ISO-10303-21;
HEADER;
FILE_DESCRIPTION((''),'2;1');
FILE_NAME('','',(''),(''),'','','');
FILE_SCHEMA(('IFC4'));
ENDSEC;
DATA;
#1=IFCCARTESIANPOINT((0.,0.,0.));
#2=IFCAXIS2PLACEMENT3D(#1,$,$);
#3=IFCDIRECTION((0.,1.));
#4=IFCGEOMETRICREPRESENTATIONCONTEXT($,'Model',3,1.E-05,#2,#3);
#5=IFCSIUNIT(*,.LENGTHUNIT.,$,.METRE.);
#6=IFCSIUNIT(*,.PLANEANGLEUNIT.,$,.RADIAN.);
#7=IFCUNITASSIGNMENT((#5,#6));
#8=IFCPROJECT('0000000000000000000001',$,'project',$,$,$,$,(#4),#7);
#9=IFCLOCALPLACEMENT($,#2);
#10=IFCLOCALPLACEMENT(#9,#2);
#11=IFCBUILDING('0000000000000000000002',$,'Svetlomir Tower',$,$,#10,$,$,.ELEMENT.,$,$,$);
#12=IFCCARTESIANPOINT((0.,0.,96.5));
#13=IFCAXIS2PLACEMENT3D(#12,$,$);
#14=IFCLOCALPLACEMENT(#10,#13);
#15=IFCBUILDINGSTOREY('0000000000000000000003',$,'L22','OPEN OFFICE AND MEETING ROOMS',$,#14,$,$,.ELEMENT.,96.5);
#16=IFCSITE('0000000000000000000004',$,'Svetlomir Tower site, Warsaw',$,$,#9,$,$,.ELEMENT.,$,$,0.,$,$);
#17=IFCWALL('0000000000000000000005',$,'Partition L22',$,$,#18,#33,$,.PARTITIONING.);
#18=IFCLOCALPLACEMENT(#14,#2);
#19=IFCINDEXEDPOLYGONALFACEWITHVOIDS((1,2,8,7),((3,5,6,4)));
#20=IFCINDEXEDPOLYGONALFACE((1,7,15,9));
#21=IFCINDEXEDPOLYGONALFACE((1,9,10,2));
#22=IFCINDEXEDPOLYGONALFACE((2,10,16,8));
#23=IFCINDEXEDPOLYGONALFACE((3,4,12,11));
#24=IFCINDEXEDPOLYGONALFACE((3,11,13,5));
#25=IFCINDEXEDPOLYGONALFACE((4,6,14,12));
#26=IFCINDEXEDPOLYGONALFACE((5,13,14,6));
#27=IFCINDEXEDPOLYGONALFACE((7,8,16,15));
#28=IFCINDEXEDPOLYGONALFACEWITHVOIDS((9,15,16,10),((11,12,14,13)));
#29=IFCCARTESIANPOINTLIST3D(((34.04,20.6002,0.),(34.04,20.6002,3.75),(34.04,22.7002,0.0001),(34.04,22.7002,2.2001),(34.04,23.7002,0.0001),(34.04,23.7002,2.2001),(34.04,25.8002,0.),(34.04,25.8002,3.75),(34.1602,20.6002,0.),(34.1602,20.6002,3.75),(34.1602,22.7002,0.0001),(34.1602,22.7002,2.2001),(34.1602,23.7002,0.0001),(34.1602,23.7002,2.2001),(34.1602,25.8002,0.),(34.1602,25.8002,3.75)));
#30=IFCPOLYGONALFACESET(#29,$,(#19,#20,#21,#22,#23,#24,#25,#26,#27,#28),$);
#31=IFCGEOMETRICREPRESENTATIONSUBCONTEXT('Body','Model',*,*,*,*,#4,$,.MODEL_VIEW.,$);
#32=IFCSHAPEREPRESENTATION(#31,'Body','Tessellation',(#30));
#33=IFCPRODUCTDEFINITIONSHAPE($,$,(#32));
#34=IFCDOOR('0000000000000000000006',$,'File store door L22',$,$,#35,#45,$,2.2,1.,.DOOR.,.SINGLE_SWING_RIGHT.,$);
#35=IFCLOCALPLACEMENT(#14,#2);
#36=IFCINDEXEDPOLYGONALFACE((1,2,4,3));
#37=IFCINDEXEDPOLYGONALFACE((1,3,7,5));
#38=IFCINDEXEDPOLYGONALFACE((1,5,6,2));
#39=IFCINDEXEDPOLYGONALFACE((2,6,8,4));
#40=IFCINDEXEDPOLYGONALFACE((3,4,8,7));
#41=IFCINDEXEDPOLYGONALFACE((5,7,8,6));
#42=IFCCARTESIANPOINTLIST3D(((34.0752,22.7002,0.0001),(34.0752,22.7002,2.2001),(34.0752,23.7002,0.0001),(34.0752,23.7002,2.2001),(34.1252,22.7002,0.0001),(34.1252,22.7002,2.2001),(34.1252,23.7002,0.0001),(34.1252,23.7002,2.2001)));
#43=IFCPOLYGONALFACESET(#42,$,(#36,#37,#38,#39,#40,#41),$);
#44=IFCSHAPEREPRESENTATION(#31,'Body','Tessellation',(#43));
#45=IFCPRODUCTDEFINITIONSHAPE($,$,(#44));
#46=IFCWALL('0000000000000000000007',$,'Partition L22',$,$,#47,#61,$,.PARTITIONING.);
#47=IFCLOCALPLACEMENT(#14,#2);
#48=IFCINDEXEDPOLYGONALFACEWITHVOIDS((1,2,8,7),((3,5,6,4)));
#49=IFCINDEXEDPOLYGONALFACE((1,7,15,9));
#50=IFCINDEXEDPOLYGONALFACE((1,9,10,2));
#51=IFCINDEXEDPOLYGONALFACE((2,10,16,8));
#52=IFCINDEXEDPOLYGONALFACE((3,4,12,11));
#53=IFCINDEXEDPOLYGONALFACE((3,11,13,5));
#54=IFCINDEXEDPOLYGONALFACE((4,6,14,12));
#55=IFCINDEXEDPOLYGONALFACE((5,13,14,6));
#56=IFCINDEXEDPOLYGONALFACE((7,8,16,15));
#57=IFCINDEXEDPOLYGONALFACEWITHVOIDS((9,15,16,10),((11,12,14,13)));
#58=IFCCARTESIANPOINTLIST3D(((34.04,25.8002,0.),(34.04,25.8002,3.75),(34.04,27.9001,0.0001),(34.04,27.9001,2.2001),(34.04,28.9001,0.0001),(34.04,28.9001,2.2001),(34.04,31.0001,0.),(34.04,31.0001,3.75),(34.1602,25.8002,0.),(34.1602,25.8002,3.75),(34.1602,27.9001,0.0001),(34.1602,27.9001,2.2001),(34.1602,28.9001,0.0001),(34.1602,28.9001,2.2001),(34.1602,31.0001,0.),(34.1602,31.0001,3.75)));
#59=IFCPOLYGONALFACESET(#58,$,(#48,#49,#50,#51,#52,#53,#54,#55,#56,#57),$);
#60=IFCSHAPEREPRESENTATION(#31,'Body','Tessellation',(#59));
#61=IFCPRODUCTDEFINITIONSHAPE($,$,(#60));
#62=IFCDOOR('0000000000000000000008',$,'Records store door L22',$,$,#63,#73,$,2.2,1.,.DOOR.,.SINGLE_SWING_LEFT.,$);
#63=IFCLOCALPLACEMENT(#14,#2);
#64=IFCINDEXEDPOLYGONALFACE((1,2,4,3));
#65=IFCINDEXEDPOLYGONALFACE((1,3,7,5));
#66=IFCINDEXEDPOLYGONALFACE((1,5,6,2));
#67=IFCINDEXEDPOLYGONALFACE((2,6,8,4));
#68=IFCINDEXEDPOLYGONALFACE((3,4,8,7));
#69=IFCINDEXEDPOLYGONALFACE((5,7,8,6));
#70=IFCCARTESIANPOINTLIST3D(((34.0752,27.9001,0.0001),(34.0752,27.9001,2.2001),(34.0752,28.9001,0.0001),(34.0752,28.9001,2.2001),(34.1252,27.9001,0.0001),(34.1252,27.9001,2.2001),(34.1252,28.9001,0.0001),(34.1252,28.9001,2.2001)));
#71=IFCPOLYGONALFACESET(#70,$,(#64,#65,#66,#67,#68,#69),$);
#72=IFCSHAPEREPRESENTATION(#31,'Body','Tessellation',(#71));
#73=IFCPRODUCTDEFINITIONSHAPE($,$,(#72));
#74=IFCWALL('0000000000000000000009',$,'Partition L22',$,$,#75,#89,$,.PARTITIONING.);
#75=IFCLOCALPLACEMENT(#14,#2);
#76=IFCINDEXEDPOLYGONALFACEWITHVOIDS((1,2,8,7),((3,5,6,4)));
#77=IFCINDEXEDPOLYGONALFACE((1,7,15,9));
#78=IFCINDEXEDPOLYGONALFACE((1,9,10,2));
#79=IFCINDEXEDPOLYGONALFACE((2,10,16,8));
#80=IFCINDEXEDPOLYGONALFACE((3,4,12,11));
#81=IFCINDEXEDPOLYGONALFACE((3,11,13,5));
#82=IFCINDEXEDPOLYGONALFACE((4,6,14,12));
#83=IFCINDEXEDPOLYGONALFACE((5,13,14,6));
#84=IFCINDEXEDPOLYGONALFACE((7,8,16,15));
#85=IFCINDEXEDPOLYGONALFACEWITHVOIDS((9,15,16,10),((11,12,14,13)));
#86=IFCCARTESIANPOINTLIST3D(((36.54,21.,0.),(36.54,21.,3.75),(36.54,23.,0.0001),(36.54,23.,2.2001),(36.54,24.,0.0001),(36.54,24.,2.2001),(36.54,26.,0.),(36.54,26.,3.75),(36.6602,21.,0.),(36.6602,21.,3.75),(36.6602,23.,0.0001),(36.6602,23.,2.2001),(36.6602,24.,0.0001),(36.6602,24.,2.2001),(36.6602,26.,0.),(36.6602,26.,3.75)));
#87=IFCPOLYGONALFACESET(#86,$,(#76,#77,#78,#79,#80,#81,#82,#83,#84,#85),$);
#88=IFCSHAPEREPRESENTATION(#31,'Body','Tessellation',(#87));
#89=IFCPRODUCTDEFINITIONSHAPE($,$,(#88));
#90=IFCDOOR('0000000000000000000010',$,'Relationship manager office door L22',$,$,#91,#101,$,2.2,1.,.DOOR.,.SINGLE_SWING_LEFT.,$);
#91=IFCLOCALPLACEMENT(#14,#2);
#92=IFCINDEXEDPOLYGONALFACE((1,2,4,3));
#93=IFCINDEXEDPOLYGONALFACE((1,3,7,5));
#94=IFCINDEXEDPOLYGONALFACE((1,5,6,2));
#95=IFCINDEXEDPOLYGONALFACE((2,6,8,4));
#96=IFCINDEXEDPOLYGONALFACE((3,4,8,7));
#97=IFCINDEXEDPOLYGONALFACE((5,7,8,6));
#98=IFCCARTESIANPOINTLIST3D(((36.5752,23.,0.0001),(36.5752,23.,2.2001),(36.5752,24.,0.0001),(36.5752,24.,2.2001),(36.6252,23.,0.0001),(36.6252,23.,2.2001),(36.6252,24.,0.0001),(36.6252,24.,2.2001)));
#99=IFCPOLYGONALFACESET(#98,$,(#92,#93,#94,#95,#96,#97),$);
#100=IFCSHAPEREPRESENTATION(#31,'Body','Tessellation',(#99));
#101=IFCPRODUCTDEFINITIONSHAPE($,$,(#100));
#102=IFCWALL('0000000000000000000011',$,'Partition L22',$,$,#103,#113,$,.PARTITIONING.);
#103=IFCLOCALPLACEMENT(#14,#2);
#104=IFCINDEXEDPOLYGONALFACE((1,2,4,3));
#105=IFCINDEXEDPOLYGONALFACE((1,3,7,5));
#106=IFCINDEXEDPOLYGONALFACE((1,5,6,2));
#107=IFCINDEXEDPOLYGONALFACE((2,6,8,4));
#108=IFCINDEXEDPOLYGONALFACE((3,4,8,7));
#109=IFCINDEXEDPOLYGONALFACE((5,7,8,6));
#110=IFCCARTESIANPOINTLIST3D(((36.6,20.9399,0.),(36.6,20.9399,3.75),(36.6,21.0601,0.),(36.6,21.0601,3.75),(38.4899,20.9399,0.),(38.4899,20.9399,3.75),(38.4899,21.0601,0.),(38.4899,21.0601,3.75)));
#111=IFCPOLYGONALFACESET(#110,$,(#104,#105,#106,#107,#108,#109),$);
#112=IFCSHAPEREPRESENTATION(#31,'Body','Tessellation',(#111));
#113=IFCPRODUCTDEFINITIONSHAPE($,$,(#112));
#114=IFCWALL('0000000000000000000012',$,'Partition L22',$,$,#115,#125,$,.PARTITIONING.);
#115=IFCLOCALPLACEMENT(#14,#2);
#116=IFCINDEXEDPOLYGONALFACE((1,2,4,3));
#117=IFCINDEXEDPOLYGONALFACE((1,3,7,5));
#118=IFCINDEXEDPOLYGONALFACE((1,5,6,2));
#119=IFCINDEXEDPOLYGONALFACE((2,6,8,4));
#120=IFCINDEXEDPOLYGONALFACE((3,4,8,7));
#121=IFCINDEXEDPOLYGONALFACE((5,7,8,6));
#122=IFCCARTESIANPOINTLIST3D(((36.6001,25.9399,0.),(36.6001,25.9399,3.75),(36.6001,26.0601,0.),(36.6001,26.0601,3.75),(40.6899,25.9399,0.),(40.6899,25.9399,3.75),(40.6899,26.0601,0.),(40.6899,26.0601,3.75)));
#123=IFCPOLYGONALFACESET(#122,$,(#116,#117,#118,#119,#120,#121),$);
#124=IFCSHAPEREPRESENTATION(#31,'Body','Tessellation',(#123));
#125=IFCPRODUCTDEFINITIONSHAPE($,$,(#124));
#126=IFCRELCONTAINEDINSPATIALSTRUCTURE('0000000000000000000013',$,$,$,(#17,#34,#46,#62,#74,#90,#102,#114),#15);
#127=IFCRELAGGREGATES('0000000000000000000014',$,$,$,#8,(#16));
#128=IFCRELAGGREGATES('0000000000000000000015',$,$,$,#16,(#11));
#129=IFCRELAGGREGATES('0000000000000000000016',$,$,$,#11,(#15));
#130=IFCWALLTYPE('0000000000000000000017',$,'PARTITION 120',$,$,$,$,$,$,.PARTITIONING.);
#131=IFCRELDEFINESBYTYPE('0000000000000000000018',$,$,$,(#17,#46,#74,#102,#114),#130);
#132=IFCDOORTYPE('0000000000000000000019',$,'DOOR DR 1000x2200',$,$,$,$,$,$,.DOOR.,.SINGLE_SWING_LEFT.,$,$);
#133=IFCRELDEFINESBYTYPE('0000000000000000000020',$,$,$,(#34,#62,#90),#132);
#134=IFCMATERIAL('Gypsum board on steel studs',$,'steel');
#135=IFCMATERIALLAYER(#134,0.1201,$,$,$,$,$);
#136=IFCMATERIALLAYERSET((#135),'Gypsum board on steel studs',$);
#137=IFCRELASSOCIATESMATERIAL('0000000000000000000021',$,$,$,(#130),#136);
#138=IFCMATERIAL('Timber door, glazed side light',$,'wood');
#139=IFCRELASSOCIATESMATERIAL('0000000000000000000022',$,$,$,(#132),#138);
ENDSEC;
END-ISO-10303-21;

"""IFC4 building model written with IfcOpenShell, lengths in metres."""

from ifc_helpers import new_model, si_unit, direction, frame, frame_2d, origin, place, context, subcontext, project, spatial, rectangle, extrude, material, layer, layer_set, type_object, element, fill, save


model = new_model("IFC4")

# Units and contexts
model_context = context("Model", 3, precision=1e-05, world=origin(), true_north=direction((0.0, 1.0)))
body_context = subcontext(model_context, "Body", "Model", "MODEL_VIEW")
ifc_project = project(units=[si_unit("LENGTHUNIT", "METRE"), si_unit("PLANEANGLEUNIT", "RADIAN")], contexts=[model_context])

# Site, building, storey
site_placement = place(None, origin())
site = spatial("IfcSite", under=ifc_project, at=site_placement, Name="Svetlomir Tower site, Warsaw", CompositionType="ELEMENT", RefElevation=0.0)
building_placement = place(site_placement, origin())
building = spatial("IfcBuilding", under=site, at=building_placement, Name="Svetlomir Tower", CompositionType="ELEMENT")
storey_placement = place(building_placement, frame((0.0, 0.0, 96.5)))
storey = spatial("IfcBuildingStorey", under=building, at=storey_placement, Name="L22", Description="OPEN OFFICE AND MEETING ROOMS", CompositionType="ELEMENT", Elevation=96.5)

# Shared definitions
ifc_material_1 = material(Name="Gypsum board on steel studs", Category="steel")
ifc_layer_1 = layer(ifc_material_1, 0.1201)
ifc_layer_set_1 = layer_set([ifc_layer_1], Name="Gypsum board on steel studs")
wall_type = type_object("IfcWallType", Name="PARTITION 120", PredefinedType="PARTITIONING", material=ifc_layer_set_1)

# Walls, openings, doors
wall_1_placement = place(storey_placement, frame((34.1001, 20.6001, 0.0), z_axis=(0.0, 0.0, 1.0), x_axis=(0.0, 1.0, 0.0)))
wall_1 = element("IfcWall", 1, at=wall_1_placement, inside=storey, type_object=wall_type, Name="Partition L22", PredefinedType="PARTITIONING", context=body_context, shape_type="SweptSolid", body=[
    extrude(rectangle(XDim=5.2, YDim=0.1201, at=frame_2d((2.6001, 0.0))), origin(), (0.0, 0.0, 1.0), 3.75),
])
opening_1_placement = place(wall_1_placement, frame((2.1001, 0.0, 0.0)))
opening_1 = element("IfcOpeningElement", 2, at=opening_1_placement, cuts=wall_1, PredefinedType="OPENING", context=body_context, shape_type="SweptSolid", body=[
    extrude(rectangle(XDim=1.0, YDim=2.2, at=frame_2d((0.5, 1.1001))), frame((0.0, 0.0701, 0.0), z_axis=(0.0, -1.0, 0.0), x_axis=(1.0, 0.0, 0.0)), (0.0, 0.0, 1.0), 0.1401),
])
ifc_material_2 = material(Name="Timber door, glazed side light", Category="wood")
door_type = type_object("IfcDoorType", Name="DOOR DR 1000x2200", OperationType="SINGLE_SWING_LEFT", PredefinedType="DOOR", material=ifc_material_2)
door_1_placement = place(opening_1_placement, origin())
door_1 = element("IfcDoor", 3, at=door_1_placement, inside=storey, type_object=door_type, Name="File store door L22", OperationType="SINGLE_SWING_RIGHT", OverallHeight=2.2, OverallWidth=1.0, PredefinedType="DOOR", context=body_context, shape_type="SweptSolid", body=[
    extrude(rectangle(XDim=1.0, YDim=2.2, at=frame_2d((0.5, 1.1001))), frame((0.0, 0.0249, 0.0), z_axis=(0.0, -1.0, 0.0), x_axis=(1.0, 0.0, 0.0)), (0.0, 0.0, 1.0), 0.05),
])
fill(opening_1, door_1)
wall_2_placement = place(storey_placement, frame((34.1001, 25.8, 0.0), z_axis=(0.0, 0.0, 1.0), x_axis=(0.0, 1.0, 0.0)))
wall_2 = element("IfcWall", 4, at=wall_2_placement, inside=storey, type_object=wall_type, Name="Partition L22", PredefinedType="PARTITIONING", context=body_context, shape_type="SweptSolid", body=[
    extrude(rectangle(XDim=5.2, YDim=0.1201, at=frame_2d((2.6001, 0.0))), origin(), (0.0, 0.0, 1.0), 3.75),
])
opening_2_placement = place(wall_2_placement, frame((2.1001, 0.0, 0.0)))
opening_2 = element("IfcOpeningElement", 5, at=opening_2_placement, cuts=wall_2, PredefinedType="OPENING", context=body_context, shape_type="SweptSolid", body=[
    extrude(rectangle(XDim=1.0, YDim=2.2, at=frame_2d((0.5, 1.1001))), frame((0.0, 0.0701, 0.0), z_axis=(0.0, -1.0, 0.0), x_axis=(1.0, 0.0, 0.0)), (0.0, 0.0, 1.0), 0.1401),
])
door_2_placement = place(opening_2_placement, origin())
door_2 = element("IfcDoor", 6, at=door_2_placement, inside=storey, type_object=door_type, Name="Records store door L22", OperationType="SINGLE_SWING_LEFT", OverallHeight=2.2, OverallWidth=1.0, PredefinedType="DOOR", context=body_context, shape_type="SweptSolid", body=[
    extrude(rectangle(XDim=1.0, YDim=2.2, at=frame_2d((0.5, 1.1001))), frame((0.0, 0.0249, 0.0), z_axis=(0.0, -1.0, 0.0), x_axis=(1.0, 0.0, 0.0)), (0.0, 0.0, 1.0), 0.05),
])
fill(opening_2, door_2)
wall_3_placement = place(storey_placement, frame((36.6001, 21.0, 0.0), z_axis=(0.0, 0.0, 1.0), x_axis=(0.0, 1.0, 0.0)))
wall_3 = element("IfcWall", 7, at=wall_3_placement, inside=storey, type_object=wall_type, Name="Partition L22", PredefinedType="PARTITIONING", context=body_context, shape_type="SweptSolid", body=[
    extrude(rectangle(XDim=5.0, YDim=0.1201, at=frame_2d((2.5, 0.0))), origin(), (0.0, 0.0, 1.0), 3.75),
])
opening_3_placement = place(wall_3_placement, frame((2.0, 0.0, 0.0)))
opening_3 = element("IfcOpeningElement", 8, at=opening_3_placement, cuts=wall_3, PredefinedType="OPENING", context=body_context, shape_type="SweptSolid", body=[
    extrude(rectangle(XDim=1.0, YDim=2.2, at=frame_2d((0.5, 1.1001))), frame((0.0, 0.0701, 0.0), z_axis=(0.0, -1.0, 0.0), x_axis=(1.0, 0.0, 0.0)), (0.0, 0.0, 1.0), 0.1401),
])
door_3_placement = place(opening_3_placement, origin())
door_3 = element("IfcDoor", 9, at=door_3_placement, inside=storey, type_object=door_type, Name="Relationship manager office door L22", OperationType="SINGLE_SWING_LEFT", OverallHeight=2.2, OverallWidth=1.0, PredefinedType="DOOR", context=body_context, shape_type="SweptSolid", body=[
    extrude(rectangle(XDim=1.0, YDim=2.2, at=frame_2d((0.5, 1.1001))), frame((0.0, 0.0249, 0.0), z_axis=(0.0, -1.0, 0.0), x_axis=(1.0, 0.0, 0.0)), (0.0, 0.0, 1.0), 0.05),
])
fill(opening_3, door_3)

# Walls
wall_4_placement = place(storey_placement, frame((36.6001, 21.0, 0.0), z_axis=(0.0, 0.0, 1.0), x_axis=(1.0, 0.0, 0.0)))
element("IfcWall", 10, at=wall_4_placement, inside=storey, type_object=wall_type, Name="Partition L22", PredefinedType="PARTITIONING", context=body_context, shape_type="SweptSolid", body=[
    extrude(rectangle(XDim=1.8899, YDim=0.1201, at=frame_2d((0.9448, 0.0))), origin(), (0.0, 0.0, 1.0), 3.75),
])
wall_5_placement = place(storey_placement, frame((36.6001, 26.0, 0.0), z_axis=(0.0, 0.0, 1.0), x_axis=(1.0, 0.0, 0.0)))
element("IfcWall", 11, at=wall_5_placement, inside=storey, type_object=wall_type, Name="Partition L22", PredefinedType="PARTITIONING", context=body_context, shape_type="SweptSolid", body=[
    extrude(rectangle(XDim=4.0898, YDim=0.1201, at=frame_2d((2.0449, 0.0))), origin(), (0.0, 0.0, 1.0), 3.75),
])

save(model, "model.ifc")
